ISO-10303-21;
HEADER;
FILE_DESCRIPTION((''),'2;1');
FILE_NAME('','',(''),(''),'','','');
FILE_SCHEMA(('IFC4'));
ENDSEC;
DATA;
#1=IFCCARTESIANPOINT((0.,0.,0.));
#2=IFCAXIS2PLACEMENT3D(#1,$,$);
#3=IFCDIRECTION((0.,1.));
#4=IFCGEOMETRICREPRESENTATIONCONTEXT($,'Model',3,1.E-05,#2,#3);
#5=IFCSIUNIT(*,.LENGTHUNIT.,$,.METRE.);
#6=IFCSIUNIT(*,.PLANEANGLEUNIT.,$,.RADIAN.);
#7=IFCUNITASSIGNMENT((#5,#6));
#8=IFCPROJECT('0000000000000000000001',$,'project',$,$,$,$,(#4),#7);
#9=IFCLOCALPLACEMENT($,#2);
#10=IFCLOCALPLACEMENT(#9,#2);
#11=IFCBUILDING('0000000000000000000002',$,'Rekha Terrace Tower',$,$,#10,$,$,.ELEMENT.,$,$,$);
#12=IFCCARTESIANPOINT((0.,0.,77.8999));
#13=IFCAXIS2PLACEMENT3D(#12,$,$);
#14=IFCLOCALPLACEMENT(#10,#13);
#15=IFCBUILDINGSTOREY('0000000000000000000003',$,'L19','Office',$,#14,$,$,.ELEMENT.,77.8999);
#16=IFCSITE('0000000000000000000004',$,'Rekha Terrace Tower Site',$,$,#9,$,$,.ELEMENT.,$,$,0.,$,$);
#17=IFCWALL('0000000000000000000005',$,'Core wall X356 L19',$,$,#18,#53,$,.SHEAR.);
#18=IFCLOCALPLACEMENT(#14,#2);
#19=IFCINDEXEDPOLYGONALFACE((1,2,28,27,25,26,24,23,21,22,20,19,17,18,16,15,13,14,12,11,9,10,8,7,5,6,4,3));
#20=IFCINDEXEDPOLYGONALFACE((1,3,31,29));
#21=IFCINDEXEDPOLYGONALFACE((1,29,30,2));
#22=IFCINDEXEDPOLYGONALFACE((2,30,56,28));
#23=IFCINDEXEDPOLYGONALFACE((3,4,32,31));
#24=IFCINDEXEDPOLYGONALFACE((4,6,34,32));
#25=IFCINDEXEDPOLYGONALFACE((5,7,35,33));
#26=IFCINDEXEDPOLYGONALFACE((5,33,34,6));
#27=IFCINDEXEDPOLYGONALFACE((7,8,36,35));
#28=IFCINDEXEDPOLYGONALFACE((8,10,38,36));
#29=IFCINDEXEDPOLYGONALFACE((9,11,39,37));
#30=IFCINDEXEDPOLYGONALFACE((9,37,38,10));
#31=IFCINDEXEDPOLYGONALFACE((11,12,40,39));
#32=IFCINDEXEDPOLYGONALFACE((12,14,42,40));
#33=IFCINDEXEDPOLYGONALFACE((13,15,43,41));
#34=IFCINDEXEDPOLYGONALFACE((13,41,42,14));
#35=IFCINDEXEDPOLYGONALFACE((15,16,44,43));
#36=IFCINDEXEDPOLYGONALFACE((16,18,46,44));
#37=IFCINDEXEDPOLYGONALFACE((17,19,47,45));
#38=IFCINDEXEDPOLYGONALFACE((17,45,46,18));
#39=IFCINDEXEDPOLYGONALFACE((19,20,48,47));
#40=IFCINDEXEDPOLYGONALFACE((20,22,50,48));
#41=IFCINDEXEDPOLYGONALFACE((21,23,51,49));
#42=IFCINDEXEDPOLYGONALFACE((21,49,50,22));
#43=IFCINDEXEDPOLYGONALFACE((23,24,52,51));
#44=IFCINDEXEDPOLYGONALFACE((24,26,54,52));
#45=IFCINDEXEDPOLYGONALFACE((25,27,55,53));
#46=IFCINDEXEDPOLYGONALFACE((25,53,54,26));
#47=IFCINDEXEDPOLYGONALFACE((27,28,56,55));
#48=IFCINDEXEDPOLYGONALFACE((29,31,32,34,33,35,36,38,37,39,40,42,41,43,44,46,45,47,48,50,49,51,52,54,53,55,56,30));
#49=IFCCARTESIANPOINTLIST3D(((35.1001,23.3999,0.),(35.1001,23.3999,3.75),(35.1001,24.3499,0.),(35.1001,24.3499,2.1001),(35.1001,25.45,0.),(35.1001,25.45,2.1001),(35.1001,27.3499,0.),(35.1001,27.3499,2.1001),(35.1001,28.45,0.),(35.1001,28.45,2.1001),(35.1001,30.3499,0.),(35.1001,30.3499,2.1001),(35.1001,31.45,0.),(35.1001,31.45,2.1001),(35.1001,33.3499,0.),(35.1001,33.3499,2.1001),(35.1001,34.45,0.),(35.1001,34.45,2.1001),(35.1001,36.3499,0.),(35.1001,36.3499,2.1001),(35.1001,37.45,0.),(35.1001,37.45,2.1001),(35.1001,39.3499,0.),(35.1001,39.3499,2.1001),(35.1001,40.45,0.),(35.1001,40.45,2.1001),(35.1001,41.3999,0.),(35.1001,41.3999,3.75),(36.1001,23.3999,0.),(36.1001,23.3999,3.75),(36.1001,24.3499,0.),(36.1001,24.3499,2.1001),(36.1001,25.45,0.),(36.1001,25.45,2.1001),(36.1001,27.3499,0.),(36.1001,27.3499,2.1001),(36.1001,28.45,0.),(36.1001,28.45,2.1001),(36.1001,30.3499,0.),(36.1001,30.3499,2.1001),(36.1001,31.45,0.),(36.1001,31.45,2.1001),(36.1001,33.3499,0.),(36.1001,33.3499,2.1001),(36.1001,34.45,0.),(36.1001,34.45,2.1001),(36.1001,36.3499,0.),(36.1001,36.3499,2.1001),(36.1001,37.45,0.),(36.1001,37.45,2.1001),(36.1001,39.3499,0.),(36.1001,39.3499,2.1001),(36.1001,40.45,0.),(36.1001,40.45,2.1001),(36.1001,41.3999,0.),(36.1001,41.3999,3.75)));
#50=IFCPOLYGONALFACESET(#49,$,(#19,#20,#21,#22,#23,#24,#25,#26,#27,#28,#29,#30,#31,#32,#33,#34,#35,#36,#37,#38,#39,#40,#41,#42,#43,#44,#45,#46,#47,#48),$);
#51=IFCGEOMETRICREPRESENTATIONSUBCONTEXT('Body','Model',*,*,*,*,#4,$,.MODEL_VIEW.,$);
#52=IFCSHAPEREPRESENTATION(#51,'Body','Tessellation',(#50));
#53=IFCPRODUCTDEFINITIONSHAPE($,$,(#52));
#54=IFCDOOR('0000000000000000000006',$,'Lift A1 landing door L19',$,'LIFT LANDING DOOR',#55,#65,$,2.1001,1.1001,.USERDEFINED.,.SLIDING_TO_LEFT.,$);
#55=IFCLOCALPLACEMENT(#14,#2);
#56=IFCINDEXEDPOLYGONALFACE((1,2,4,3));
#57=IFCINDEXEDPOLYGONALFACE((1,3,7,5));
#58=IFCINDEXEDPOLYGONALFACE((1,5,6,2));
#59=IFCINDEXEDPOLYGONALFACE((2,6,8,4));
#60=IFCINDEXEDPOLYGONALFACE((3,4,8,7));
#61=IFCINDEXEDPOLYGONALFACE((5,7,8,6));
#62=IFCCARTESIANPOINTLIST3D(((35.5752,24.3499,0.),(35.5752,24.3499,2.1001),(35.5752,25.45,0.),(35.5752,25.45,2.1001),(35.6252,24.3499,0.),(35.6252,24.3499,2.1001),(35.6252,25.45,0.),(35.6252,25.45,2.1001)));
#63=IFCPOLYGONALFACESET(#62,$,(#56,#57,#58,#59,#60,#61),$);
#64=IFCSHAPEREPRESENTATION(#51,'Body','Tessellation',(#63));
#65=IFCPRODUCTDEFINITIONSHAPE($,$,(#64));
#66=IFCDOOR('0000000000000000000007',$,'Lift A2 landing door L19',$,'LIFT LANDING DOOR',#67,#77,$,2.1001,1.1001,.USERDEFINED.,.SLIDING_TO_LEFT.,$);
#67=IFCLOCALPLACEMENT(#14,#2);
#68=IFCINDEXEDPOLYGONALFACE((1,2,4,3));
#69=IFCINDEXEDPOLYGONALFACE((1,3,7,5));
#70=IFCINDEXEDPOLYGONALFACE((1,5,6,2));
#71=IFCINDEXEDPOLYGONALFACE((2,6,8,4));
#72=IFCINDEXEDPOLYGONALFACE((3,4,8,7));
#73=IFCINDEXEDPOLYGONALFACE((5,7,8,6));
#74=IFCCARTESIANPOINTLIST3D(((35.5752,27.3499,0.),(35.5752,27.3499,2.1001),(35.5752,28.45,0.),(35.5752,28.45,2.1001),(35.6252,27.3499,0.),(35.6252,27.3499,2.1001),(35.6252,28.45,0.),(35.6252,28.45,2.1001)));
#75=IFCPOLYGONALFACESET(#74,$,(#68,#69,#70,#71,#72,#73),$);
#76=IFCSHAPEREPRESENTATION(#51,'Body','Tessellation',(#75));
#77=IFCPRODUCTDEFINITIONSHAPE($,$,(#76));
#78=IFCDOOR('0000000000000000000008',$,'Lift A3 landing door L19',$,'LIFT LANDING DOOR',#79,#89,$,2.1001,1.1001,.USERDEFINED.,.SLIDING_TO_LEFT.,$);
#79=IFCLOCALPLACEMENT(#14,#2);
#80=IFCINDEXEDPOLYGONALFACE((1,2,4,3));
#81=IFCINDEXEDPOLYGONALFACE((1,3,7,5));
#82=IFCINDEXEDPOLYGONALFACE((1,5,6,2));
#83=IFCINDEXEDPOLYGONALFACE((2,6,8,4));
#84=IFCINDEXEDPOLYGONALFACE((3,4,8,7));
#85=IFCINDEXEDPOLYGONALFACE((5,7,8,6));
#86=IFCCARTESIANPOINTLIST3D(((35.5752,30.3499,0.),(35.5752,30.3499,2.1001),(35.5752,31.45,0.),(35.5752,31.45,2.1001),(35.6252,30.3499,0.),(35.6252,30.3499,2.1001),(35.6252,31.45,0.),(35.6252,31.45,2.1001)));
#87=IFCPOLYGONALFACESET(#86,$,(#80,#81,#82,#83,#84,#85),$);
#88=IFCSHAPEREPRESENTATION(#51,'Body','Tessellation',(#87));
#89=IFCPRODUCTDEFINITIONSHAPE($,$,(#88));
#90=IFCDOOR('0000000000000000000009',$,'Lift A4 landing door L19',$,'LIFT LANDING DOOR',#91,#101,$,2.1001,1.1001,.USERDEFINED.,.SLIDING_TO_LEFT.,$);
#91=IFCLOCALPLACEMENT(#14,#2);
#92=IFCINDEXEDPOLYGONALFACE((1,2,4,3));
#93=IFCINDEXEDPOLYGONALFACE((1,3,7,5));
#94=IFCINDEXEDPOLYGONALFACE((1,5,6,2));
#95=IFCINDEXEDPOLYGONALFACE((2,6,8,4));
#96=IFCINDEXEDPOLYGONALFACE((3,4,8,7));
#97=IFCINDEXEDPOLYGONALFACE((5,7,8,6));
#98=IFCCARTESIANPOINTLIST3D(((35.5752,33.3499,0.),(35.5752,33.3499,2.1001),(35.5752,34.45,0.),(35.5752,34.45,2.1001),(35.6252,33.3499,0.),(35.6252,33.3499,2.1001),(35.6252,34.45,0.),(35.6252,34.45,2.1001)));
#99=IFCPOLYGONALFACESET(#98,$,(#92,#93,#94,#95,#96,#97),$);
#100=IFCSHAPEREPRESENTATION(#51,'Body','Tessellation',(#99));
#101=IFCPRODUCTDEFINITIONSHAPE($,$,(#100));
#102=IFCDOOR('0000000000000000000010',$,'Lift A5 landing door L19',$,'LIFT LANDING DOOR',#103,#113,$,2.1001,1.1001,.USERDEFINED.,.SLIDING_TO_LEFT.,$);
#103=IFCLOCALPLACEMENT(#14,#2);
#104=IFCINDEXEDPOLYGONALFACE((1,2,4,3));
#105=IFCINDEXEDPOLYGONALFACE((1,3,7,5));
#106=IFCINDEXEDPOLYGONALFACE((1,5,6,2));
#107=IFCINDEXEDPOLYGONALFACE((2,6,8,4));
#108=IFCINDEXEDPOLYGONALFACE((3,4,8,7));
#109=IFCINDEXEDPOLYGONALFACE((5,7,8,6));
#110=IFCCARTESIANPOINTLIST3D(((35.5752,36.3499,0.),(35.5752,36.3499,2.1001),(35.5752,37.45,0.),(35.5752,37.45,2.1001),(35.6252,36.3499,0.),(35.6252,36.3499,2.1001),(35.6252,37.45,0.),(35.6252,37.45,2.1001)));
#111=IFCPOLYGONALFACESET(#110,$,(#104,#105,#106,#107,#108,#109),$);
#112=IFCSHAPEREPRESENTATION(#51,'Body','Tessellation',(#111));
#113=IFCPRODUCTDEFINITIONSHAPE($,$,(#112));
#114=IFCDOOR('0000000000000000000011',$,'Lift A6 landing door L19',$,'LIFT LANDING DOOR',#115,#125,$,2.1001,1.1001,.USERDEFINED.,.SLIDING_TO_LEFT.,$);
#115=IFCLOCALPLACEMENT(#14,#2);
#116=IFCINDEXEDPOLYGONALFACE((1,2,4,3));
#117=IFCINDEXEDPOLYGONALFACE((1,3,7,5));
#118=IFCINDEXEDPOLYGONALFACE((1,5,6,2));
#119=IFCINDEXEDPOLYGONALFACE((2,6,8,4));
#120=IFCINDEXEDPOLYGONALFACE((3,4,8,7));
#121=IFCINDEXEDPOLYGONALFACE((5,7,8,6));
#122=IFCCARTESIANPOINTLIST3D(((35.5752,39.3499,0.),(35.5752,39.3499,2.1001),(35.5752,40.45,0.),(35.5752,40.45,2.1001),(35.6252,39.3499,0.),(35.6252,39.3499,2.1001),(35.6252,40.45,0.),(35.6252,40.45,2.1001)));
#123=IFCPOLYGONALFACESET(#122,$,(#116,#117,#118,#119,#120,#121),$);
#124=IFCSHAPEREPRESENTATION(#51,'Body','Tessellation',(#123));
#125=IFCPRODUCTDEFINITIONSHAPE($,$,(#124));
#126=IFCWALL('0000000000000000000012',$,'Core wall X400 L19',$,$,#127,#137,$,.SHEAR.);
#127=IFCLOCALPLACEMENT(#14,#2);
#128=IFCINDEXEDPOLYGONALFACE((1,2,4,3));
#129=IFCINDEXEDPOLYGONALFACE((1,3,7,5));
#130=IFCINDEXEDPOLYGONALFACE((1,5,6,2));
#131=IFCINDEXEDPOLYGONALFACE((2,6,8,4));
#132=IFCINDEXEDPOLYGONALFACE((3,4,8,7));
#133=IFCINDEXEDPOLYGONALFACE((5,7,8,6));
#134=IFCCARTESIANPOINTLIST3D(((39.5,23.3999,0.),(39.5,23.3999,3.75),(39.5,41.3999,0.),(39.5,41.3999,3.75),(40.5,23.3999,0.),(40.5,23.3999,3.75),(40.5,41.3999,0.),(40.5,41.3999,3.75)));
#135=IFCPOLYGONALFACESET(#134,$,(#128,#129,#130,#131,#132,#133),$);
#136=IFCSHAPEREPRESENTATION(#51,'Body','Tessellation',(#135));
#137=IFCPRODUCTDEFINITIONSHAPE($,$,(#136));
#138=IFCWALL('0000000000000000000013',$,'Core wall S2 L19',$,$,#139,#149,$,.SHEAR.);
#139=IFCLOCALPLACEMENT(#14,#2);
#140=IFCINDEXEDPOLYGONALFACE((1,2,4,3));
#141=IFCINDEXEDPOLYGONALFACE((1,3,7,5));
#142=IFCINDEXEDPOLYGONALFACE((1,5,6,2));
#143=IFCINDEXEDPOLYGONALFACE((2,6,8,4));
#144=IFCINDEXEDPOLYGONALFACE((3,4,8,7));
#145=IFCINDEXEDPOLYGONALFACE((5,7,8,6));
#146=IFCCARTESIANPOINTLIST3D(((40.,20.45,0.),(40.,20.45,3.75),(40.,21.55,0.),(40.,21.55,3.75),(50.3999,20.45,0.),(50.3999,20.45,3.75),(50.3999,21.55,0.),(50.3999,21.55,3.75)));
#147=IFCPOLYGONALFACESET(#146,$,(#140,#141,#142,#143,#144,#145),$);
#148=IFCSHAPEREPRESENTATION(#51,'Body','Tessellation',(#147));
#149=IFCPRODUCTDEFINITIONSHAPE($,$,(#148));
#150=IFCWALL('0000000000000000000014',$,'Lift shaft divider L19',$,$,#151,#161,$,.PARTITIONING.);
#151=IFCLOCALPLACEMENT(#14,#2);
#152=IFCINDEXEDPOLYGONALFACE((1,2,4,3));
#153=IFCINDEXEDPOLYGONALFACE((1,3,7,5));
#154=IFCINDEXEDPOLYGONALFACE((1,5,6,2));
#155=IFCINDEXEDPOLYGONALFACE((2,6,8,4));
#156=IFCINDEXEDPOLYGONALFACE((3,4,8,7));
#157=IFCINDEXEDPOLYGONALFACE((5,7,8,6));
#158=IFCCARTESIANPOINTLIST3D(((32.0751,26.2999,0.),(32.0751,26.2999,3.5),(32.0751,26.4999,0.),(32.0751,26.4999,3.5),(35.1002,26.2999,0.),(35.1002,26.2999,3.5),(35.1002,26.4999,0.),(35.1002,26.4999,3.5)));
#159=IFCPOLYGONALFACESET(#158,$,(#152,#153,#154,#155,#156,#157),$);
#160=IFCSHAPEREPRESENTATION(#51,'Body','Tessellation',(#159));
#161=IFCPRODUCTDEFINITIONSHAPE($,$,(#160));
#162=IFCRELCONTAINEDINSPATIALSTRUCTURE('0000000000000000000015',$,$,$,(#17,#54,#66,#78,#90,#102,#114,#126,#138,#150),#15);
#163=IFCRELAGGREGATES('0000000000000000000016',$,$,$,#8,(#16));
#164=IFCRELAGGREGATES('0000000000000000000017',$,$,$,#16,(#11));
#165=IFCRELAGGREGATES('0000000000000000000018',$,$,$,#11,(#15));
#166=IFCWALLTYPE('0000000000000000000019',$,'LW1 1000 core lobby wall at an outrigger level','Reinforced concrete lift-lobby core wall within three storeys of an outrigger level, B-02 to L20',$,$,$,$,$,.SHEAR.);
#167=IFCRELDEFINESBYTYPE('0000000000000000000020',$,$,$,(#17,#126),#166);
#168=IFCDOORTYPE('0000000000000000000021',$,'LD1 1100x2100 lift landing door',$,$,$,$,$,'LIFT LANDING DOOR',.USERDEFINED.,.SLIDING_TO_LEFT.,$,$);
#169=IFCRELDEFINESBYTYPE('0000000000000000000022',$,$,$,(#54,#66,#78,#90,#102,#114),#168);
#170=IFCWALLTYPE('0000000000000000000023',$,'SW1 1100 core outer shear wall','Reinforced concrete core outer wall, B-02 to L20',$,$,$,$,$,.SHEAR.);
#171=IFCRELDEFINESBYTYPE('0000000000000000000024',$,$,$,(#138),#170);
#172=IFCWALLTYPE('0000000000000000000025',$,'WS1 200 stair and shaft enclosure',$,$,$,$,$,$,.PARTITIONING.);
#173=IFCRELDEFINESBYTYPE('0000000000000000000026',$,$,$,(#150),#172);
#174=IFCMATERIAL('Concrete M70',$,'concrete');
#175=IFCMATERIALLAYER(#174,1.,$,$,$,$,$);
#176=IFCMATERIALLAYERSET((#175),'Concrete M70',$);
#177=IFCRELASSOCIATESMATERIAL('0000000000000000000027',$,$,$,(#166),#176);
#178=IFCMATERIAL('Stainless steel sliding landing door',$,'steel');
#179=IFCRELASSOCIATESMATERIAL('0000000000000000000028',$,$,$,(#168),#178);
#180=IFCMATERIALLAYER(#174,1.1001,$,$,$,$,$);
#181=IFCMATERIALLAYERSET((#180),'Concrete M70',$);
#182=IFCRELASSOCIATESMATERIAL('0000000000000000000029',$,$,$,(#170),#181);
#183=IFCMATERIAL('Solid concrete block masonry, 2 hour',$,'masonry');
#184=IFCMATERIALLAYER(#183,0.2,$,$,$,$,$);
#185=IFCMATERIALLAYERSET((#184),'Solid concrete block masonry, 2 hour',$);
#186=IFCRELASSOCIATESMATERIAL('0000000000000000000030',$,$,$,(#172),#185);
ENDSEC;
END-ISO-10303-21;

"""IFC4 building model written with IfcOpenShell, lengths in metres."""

from ifc_helpers import new_model, si_unit, direction, frame, frame_2d, origin, place, context, subcontext, project, spatial, rectangle, extrude, material, layer, layer_set, type_object, element, fill, save


model = new_model("IFC4")

# Units and contexts
model_context = context("Model", 3, precision=1e-05, world=origin(), true_north=direction((0.0, 1.0)))
body_context = subcontext(model_context, "Body", "Model", "MODEL_VIEW")
ifc_project = project(units=[si_unit("LENGTHUNIT", "METRE"), si_unit("PLANEANGLEUNIT", "RADIAN")], contexts=[model_context])

# Site, building, storey
site_placement = place(None, origin())
site = spatial("IfcSite", under=ifc_project, at=site_placement, Name="Rekha Terrace Tower Site", CompositionType="ELEMENT", RefElevation=0.0)
building_placement = place(site_placement, origin())
building = spatial("IfcBuilding", under=site, at=building_placement, Name="Rekha Terrace Tower", CompositionType="ELEMENT")
storey_placement = place(building_placement, frame((0.0, 0.0, 77.8999)))
storey = spatial("IfcBuildingStorey", under=building, at=storey_placement, Name="L19", Description="Office", CompositionType="ELEMENT", Elevation=77.8999)

# Shared definitions
ifc_material_1 = material(Name="Concrete M70", Category="concrete")

# Wall, openings, doors
ifc_layer_1 = layer(ifc_material_1, 1.0)
ifc_layer_set_1 = layer_set([ifc_layer_1], Name="Concrete M70")
wall_type_1 = type_object("IfcWallType", Name="LW1 1000 core lobby wall at an outrigger level", Description="Reinforced concrete lift-lobby core wall within three storeys of an outrigger level, B-02 to L20", PredefinedType="SHEAR", material=ifc_layer_set_1)
wall_1_placement = place(storey_placement, frame((35.6001, 23.3999, 0.0), z_axis=(0.0, 0.0, 1.0), x_axis=(0.0, 1.0, 0.0)))
wall_1 = element("IfcWall", 1, at=wall_1_placement, inside=storey, type_object=wall_type_1, Name="Core wall X356 L19", PredefinedType="SHEAR", context=body_context, shape_type="SweptSolid", body=[
    extrude(rectangle(XDim=18.0, YDim=1.0, at=frame_2d((9.0, 0.0))), origin(), (0.0, 0.0, 1.0), 3.75),
])
opening_1_placement = place(wall_1_placement, frame((0.95, 0.0, 0.0)))
opening_1 = element("IfcOpeningElement", 2, at=opening_1_placement, cuts=wall_1, PredefinedType="OPENING", context=body_context, shape_type="SweptSolid", body=[
    extrude(rectangle(XDim=1.1001, YDim=2.1001, at=frame_2d((0.55, 1.05))), frame((0.0, 0.51, 0.0), z_axis=(0.0, -1.0, 0.0), x_axis=(1.0, 0.0, 0.0)), (0.0, 0.0, 1.0), 1.02),
])
opening_2_placement = place(wall_1_placement, frame((3.95, 0.0, 0.0)))
opening_2 = element("IfcOpeningElement", 3, at=opening_2_placement, cuts=wall_1, PredefinedType="OPENING", context=body_context, shape_type="SweptSolid", body=[
    extrude(rectangle(XDim=1.1001, YDim=2.1001, at=frame_2d((0.55, 1.05))), frame((0.0, 0.51, 0.0), z_axis=(0.0, -1.0, 0.0), x_axis=(1.0, 0.0, 0.0)), (0.0, 0.0, 1.0), 1.02),
])
opening_3_placement = place(wall_1_placement, frame((6.95, 0.0, 0.0)))
opening_3 = element("IfcOpeningElement", 4, at=opening_3_placement, cuts=wall_1, PredefinedType="OPENING", context=body_context, shape_type="SweptSolid", body=[
    extrude(rectangle(XDim=1.1001, YDim=2.1001, at=frame_2d((0.55, 1.05))), frame((0.0, 0.51, 0.0), z_axis=(0.0, -1.0, 0.0), x_axis=(1.0, 0.0, 0.0)), (0.0, 0.0, 1.0), 1.02),
])
opening_4_placement = place(wall_1_placement, frame((9.95, 0.0, 0.0)))
opening_4 = element("IfcOpeningElement", 5, at=opening_4_placement, cuts=wall_1, PredefinedType="OPENING", context=body_context, shape_type="SweptSolid", body=[
    extrude(rectangle(XDim=1.1001, YDim=2.1001, at=frame_2d((0.55, 1.05))), frame((0.0, 0.51, 0.0), z_axis=(0.0, -1.0, 0.0), x_axis=(1.0, 0.0, 0.0)), (0.0, 0.0, 1.0), 1.02),
])
opening_5_placement = place(wall_1_placement, frame((12.95, 0.0, 0.0)))
opening_5 = element("IfcOpeningElement", 6, at=opening_5_placement, cuts=wall_1, PredefinedType="OPENING", context=body_context, shape_type="SweptSolid", body=[
    extrude(rectangle(XDim=1.1001, YDim=2.1001, at=frame_2d((0.55, 1.05))), frame((0.0, 0.51, 0.0), z_axis=(0.0, -1.0, 0.0), x_axis=(1.0, 0.0, 0.0)), (0.0, 0.0, 1.0), 1.02),
])
opening_6_placement = place(wall_1_placement, frame((15.95, 0.0, 0.0)))
opening_6 = element("IfcOpeningElement", 7, at=opening_6_placement, cuts=wall_1, PredefinedType="OPENING", context=body_context, shape_type="SweptSolid", body=[
    extrude(rectangle(XDim=1.1001, YDim=2.1001, at=frame_2d((0.55, 1.05))), frame((0.0, 0.51, 0.0), z_axis=(0.0, -1.0, 0.0), x_axis=(1.0, 0.0, 0.0)), (0.0, 0.0, 1.0), 1.02),
])
ifc_material_2 = material(Name="Stainless steel sliding landing door", Category="steel")
door_type_1 = type_object("IfcDoorType", Name="LD1 1100x2100 lift landing door", ElementType="LIFT LANDING DOOR", OperationType="SLIDING_TO_LEFT", PredefinedType="USERDEFINED", material=ifc_material_2)
door_1_placement = place(opening_1_placement, origin())
door_1 = element("IfcDoor", 8, at=door_1_placement, inside=storey, type_object=door_type_1, Name="Lift A1 landing door L19", ObjectType="LIFT LANDING DOOR", OperationType="SLIDING_TO_LEFT", OverallHeight=2.1001, OverallWidth=1.1001, PredefinedType="USERDEFINED", context=body_context, shape_type="SweptSolid", body=[
    extrude(rectangle(XDim=1.1001, YDim=2.1001, at=frame_2d((0.55, 1.05))), frame((0.0, 0.0249, 0.0), z_axis=(0.0, -1.0, 0.0), x_axis=(1.0, 0.0, 0.0)), (0.0, 0.0, 1.0), 0.05),
])
fill(opening_1, door_1)
door_2_placement = place(opening_2_placement, origin())
door_2 = element("IfcDoor", 9, at=door_2_placement, inside=storey, type_object=door_type_1, Name="Lift A2 landing door L19", ObjectType="LIFT LANDING DOOR", OperationType="SLIDING_TO_LEFT", OverallHeight=2.1001, OverallWidth=1.1001, PredefinedType="USERDEFINED", context=body_context, shape_type="SweptSolid", body=[
    extrude(rectangle(XDim=1.1001, YDim=2.1001, at=frame_2d((0.55, 1.05))), frame((0.0, 0.0249, 0.0), z_axis=(0.0, -1.0, 0.0), x_axis=(1.0, 0.0, 0.0)), (0.0, 0.0, 1.0), 0.05),
])
fill(opening_2, door_2)
door_3_placement = place(opening_3_placement, origin())
door_3 = element("IfcDoor", 10, at=door_3_placement, inside=storey, type_object=door_type_1, Name="Lift A3 landing door L19", ObjectType="LIFT LANDING DOOR", OperationType="SLIDING_TO_LEFT", OverallHeight=2.1001, OverallWidth=1.1001, PredefinedType="USERDEFINED", context=body_context, shape_type="SweptSolid", body=[
    extrude(rectangle(XDim=1.1001, YDim=2.1001, at=frame_2d((0.55, 1.05))), frame((0.0, 0.0249, 0.0), z_axis=(0.0, -1.0, 0.0), x_axis=(1.0, 0.0, 0.0)), (0.0, 0.0, 1.0), 0.05),
])
fill(opening_3, door_3)
door_4_placement = place(opening_4_placement, origin())
door_4 = element("IfcDoor", 11, at=door_4_placement, inside=storey, type_object=door_type_1, Name="Lift A4 landing door L19", ObjectType="LIFT LANDING DOOR", OperationType="SLIDING_TO_LEFT", OverallHeight=2.1001, OverallWidth=1.1001, PredefinedType="USERDEFINED", context=body_context, shape_type="SweptSolid", body=[
    extrude(rectangle(XDim=1.1001, YDim=2.1001, at=frame_2d((0.55, 1.05))), frame((0.0, 0.0249, 0.0), z_axis=(0.0, -1.0, 0.0), x_axis=(1.0, 0.0, 0.0)), (0.0, 0.0, 1.0), 0.05),
])
fill(opening_4, door_4)
door_5_placement = place(opening_5_placement, origin())
door_5 = element("IfcDoor", 12, at=door_5_placement, inside=storey, type_object=door_type_1, Name="Lift A5 landing door L19", ObjectType="LIFT LANDING DOOR", OperationType="SLIDING_TO_LEFT", OverallHeight=2.1001, OverallWidth=1.1001, PredefinedType="USERDEFINED", context=body_context, shape_type="SweptSolid", body=[
    extrude(rectangle(XDim=1.1001, YDim=2.1001, at=frame_2d((0.55, 1.05))), frame((0.0, 0.0249, 0.0), z_axis=(0.0, -1.0, 0.0), x_axis=(1.0, 0.0, 0.0)), (0.0, 0.0, 1.0), 0.05),
])
fill(opening_5, door_5)
door_6_placement = place(opening_6_placement, origin())
door_6 = element("IfcDoor", 13, at=door_6_placement, inside=storey, type_object=door_type_1, Name="Lift A6 landing door L19", ObjectType="LIFT LANDING DOOR", OperationType="SLIDING_TO_LEFT", OverallHeight=2.1001, OverallWidth=1.1001, PredefinedType="USERDEFINED", context=body_context, shape_type="SweptSolid", body=[
    extrude(rectangle(XDim=1.1001, YDim=2.1001, at=frame_2d((0.55, 1.05))), frame((0.0, 0.0249, 0.0), z_axis=(0.0, -1.0, 0.0), x_axis=(1.0, 0.0, 0.0)), (0.0, 0.0, 1.0), 0.05),
])
fill(opening_6, door_6)

# Walls
wall_2_placement = place(storey_placement, frame((40.0, 23.3999, 0.0), z_axis=(0.0, 0.0, 1.0), x_axis=(0.0, 1.0, 0.0)))
element("IfcWall", 14, at=wall_2_placement, inside=storey, type_object=wall_type_1, Name="Core wall X400 L19", PredefinedType="SHEAR", context=body_context, shape_type="SweptSolid", body=[
    extrude(rectangle(XDim=18.0, YDim=1.0, at=frame_2d((9.0, 0.0))), origin(), (0.0, 0.0, 1.0), 3.75),
])
ifc_layer_2 = layer(ifc_material_1, 1.1001)
ifc_layer_set_2 = layer_set([ifc_layer_2], Name="Concrete M70")
wall_type_2 = type_object("IfcWallType", Name="SW1 1100 core outer shear wall", Description="Reinforced concrete core outer wall, B-02 to L20", PredefinedType="SHEAR", material=ifc_layer_set_2)
wall_3_placement = place(storey_placement, frame((40.0, 21.0, 0.0), z_axis=(0.0, 0.0, 1.0), x_axis=(1.0, 0.0, 0.0)))
element("IfcWall", 15, at=wall_3_placement, inside=storey, type_object=wall_type_2, Name="Core wall S2 L19", PredefinedType="SHEAR", context=body_context, shape_type="SweptSolid", body=[
    extrude(rectangle(XDim=10.3999, YDim=1.1001, at=frame_2d((5.2, 0.0))), origin(), (0.0, 0.0, 1.0), 3.75),
])
ifc_material_3 = material(Name="Solid concrete block masonry, 2 hour", Category="masonry")
ifc_layer_3 = layer(ifc_material_3, 0.2)
ifc_layer_set_3 = layer_set([ifc_layer_3], Name="Solid concrete block masonry, 2 hour")
wall_type_3 = type_object("IfcWallType", Name="WS1 200 stair and shaft enclosure", PredefinedType="PARTITIONING", material=ifc_layer_set_3)
for number, where, z_axis, x_axis, name in (
    (16, (32.075, 26.3999, 0.0), (0.0, 0.0, 1.0), (1.0, 0.0, 0.0), "Lift shaft divider L19"),
):
    element("IfcWall", number, at=place(storey_placement, frame(where, z_axis=z_axis, x_axis=x_axis)), inside=storey, type_object=wall_type_3, Name=name, PredefinedType="PARTITIONING", context=body_context, shape_type="SweptSolid", body=[
        extrude(rectangle(XDim=3.0251, YDim=0.2, at=frame_2d((1.5127, 0.0))), origin(), (0.0, 0.0, 1.0), 3.5),
    ])

save(model, "model.ifc")
